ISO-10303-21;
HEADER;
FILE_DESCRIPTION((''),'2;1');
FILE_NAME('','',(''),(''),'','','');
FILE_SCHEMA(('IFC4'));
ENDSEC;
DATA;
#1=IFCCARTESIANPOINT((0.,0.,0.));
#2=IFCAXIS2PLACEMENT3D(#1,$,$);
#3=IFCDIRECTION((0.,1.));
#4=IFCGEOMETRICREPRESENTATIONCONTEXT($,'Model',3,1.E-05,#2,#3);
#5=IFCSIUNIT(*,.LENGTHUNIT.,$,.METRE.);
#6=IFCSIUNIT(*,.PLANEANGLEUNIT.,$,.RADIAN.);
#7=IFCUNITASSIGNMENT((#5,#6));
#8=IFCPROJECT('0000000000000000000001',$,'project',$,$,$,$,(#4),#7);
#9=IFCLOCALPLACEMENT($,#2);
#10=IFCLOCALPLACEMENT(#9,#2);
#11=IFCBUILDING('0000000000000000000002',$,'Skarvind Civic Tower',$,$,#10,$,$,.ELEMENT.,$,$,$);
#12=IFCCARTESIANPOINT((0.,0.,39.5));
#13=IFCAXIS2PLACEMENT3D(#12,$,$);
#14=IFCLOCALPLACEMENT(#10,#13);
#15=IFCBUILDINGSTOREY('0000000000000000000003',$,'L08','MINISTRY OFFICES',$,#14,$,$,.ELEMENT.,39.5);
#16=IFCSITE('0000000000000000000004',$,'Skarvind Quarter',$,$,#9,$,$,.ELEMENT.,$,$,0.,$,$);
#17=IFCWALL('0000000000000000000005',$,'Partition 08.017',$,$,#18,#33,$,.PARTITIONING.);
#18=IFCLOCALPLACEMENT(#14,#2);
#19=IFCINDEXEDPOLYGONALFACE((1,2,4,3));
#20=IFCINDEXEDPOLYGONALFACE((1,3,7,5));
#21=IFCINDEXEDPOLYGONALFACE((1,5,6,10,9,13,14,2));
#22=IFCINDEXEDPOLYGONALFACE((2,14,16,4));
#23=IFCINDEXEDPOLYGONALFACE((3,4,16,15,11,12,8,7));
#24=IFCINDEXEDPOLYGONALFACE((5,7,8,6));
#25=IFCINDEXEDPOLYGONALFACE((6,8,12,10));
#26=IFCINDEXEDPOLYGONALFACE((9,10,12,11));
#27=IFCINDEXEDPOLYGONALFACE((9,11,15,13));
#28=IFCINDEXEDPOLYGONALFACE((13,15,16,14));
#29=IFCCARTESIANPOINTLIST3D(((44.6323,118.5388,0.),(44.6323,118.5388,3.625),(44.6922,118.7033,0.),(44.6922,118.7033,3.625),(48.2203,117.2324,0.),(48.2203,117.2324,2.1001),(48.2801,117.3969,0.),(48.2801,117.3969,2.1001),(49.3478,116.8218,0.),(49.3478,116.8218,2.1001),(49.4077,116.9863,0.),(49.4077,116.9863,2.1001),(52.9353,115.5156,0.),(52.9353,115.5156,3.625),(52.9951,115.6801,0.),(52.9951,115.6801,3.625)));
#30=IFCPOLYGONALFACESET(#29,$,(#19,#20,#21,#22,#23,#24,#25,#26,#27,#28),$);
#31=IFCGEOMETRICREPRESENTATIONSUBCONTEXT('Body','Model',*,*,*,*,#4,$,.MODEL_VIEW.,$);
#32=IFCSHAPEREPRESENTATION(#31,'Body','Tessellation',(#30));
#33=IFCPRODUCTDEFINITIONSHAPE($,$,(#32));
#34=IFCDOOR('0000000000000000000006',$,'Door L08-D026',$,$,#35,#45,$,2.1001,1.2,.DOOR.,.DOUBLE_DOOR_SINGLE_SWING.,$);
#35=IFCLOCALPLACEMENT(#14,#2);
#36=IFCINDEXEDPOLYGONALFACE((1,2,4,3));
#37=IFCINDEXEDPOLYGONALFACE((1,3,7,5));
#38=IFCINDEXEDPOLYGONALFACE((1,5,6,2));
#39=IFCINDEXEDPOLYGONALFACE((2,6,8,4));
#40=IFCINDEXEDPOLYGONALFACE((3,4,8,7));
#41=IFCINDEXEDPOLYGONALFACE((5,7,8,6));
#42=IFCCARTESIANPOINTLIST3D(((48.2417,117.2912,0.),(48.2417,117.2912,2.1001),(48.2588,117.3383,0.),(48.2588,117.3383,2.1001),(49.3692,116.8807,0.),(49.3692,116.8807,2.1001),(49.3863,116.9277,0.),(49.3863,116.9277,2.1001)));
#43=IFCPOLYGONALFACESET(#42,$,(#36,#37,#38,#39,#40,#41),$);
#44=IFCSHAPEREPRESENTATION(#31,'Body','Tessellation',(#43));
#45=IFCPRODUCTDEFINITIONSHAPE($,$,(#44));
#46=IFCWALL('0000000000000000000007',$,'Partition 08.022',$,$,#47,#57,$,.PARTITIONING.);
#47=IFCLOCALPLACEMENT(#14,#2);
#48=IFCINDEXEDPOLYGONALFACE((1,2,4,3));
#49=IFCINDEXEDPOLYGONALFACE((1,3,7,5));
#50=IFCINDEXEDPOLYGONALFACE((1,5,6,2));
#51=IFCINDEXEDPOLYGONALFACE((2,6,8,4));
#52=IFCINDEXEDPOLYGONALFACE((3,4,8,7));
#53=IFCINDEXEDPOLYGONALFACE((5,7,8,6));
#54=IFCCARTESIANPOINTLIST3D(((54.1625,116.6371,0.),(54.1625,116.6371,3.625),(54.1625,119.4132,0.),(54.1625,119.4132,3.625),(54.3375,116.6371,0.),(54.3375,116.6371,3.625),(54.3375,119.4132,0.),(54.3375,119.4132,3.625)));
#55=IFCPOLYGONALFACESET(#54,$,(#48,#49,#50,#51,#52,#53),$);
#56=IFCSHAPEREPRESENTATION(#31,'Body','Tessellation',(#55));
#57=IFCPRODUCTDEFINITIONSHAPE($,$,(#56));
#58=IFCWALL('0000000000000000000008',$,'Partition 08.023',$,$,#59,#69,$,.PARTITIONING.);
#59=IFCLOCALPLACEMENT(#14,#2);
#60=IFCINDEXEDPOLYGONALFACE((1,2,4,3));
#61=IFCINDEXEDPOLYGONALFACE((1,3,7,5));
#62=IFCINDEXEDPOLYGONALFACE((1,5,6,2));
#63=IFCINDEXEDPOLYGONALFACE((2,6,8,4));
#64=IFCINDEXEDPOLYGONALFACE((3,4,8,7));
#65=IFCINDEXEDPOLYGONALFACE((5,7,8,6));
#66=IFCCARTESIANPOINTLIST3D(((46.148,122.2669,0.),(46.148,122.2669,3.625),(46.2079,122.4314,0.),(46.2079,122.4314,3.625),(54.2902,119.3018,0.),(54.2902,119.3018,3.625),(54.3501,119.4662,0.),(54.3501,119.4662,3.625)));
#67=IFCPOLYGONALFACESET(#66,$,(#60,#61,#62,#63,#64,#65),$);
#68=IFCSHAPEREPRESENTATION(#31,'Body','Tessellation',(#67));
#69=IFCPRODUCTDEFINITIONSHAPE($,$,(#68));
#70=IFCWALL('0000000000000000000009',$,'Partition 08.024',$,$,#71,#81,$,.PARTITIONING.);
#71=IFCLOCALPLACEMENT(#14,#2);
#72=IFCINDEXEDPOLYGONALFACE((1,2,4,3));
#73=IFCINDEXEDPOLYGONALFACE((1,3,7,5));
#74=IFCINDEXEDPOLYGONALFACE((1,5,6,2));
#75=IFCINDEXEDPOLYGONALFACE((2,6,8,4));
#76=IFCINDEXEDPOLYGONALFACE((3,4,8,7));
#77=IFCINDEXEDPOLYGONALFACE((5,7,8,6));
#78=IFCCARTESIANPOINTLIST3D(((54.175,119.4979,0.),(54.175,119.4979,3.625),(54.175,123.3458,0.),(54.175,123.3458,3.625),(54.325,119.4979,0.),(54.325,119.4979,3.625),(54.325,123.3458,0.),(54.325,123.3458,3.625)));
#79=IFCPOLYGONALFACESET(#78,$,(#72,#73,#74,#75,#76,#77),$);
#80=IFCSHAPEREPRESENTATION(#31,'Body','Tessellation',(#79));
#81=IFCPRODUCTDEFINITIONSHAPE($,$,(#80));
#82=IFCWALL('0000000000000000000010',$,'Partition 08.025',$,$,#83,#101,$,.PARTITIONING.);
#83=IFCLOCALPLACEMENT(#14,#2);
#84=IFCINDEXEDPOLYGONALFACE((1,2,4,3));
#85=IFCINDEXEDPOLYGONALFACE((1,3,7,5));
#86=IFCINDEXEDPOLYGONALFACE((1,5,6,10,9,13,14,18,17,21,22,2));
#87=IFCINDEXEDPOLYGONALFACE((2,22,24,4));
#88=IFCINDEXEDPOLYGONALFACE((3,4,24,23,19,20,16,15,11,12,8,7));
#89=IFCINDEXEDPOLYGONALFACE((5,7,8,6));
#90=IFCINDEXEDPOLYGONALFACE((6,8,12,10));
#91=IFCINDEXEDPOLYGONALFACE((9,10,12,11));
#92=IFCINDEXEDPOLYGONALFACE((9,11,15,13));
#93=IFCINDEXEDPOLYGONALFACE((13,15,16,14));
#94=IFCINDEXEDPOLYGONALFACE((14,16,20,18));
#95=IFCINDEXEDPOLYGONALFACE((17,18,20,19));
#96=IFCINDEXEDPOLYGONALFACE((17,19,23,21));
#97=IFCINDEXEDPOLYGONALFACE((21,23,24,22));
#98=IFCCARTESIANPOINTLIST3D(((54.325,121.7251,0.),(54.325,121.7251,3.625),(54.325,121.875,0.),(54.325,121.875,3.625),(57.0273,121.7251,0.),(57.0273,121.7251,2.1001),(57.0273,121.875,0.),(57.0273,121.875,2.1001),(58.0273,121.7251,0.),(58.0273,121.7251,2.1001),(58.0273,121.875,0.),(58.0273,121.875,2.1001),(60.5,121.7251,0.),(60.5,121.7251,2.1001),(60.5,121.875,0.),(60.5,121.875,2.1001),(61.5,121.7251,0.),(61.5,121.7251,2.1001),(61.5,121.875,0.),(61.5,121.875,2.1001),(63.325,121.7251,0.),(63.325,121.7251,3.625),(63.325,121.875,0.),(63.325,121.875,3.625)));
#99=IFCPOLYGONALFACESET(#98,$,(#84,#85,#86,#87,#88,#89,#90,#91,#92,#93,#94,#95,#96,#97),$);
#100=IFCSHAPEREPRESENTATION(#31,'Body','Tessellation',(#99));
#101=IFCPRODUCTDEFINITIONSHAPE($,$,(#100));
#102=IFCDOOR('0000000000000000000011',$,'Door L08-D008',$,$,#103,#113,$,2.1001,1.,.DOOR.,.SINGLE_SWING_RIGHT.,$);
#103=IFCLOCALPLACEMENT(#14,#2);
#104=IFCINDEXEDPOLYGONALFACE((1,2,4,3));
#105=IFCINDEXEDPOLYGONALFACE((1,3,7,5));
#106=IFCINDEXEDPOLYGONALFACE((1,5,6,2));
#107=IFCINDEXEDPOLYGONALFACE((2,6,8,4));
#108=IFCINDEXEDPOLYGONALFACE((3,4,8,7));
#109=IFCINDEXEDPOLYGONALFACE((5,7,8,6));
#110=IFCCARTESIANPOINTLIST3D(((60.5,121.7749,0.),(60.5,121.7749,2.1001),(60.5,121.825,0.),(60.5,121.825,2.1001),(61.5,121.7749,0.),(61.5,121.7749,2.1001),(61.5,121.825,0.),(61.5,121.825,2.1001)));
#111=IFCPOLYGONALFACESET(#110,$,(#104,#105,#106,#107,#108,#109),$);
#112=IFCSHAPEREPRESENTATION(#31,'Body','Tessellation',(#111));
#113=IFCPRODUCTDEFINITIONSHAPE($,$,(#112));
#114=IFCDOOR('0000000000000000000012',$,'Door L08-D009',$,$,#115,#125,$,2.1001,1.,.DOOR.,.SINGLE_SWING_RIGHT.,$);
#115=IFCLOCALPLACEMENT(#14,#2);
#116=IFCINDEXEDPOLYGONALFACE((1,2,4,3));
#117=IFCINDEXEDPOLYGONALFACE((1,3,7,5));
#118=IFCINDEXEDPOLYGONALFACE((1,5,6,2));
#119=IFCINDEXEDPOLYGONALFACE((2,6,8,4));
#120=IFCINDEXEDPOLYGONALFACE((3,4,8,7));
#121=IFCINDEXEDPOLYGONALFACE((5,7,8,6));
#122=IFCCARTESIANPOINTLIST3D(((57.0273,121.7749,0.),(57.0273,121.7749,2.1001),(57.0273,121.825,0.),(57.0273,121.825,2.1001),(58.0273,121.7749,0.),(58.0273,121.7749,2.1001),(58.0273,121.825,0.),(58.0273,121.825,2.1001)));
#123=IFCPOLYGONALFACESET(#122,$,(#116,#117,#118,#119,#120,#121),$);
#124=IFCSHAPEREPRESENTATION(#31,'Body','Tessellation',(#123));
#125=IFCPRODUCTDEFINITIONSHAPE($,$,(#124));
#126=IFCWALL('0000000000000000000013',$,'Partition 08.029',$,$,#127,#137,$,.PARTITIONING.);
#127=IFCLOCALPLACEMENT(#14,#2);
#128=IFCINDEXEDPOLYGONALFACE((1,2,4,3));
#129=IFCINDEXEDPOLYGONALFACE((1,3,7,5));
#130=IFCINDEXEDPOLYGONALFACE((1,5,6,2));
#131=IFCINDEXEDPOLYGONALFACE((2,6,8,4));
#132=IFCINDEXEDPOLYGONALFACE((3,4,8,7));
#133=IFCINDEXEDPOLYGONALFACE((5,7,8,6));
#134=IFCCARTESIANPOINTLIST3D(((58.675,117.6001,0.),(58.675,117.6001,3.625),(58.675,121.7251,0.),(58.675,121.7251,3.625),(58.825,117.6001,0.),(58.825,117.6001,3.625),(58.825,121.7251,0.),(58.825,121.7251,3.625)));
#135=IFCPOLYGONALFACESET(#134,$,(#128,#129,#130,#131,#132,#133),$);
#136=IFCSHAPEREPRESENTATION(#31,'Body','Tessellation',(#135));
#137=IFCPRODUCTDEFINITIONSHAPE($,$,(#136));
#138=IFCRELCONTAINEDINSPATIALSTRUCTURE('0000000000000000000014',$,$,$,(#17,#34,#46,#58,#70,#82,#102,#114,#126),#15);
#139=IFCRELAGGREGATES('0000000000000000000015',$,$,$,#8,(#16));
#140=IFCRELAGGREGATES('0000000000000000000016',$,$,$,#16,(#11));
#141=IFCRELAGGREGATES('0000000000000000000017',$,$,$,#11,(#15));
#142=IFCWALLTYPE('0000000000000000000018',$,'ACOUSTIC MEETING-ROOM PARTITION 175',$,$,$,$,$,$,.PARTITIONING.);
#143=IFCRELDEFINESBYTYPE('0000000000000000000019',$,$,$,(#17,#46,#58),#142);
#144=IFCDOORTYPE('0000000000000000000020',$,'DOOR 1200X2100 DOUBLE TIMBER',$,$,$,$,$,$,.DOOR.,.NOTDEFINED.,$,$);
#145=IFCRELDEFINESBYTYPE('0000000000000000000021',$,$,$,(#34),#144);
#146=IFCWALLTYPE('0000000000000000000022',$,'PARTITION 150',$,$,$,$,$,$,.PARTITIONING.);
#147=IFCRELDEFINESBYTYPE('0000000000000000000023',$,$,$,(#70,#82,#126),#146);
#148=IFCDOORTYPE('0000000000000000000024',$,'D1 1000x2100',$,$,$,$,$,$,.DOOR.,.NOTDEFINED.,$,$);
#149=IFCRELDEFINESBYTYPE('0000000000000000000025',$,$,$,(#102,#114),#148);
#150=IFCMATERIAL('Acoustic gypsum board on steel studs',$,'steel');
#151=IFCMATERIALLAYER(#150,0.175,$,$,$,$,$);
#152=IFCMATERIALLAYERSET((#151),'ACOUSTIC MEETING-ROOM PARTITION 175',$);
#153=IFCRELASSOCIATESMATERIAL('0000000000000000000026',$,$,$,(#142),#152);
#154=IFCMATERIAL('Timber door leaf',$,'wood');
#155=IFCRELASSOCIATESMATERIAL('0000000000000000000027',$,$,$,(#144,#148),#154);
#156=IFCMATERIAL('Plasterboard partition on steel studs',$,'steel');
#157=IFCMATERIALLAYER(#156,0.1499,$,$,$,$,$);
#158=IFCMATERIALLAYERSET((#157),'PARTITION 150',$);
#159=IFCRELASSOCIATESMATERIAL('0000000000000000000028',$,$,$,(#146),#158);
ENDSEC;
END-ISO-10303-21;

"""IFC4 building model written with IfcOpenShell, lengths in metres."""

from ifc_helpers import new_model, si_unit, direction, frame, frame_2d, origin, place, context, subcontext, project, spatial, rectangle, extrude, material, layer, layer_set, type_object, element, fill, save


model = new_model("IFC4")

# Units and contexts
model_context = context("Model", 3, precision=1e-05, world=origin(), true_north=direction((0.0, 1.0)))
body_context = subcontext(model_context, "Body", "Model", "MODEL_VIEW")
ifc_project = project(units=[si_unit("LENGTHUNIT", "METRE"), si_unit("PLANEANGLEUNIT", "RADIAN")], contexts=[model_context])

# Site, building, storey
site_placement = place(None, origin())
site = spatial("IfcSite", under=ifc_project, at=site_placement, Name="Skarvind Quarter", CompositionType="ELEMENT", RefElevation=0.0)
building_placement = place(site_placement, origin())
building = spatial("IfcBuilding", under=site, at=building_placement, Name="Skarvind Civic Tower", CompositionType="ELEMENT")
storey_placement = place(building_placement, frame((0.0, 0.0, 39.5)))
storey = spatial("IfcBuildingStorey", under=building, at=storey_placement, Name="L08", Description="MINISTRY OFFICES", CompositionType="ELEMENT", Elevation=39.5)

# Wall, opening, door
ifc_material_1 = material(Name="Acoustic gypsum board on steel studs", Category="steel")
ifc_layer_1 = layer(ifc_material_1, 0.175)
ifc_layer_set_1 = layer_set([ifc_layer_1], Name="ACOUSTIC MEETING-ROOM PARTITION 175")
wall_type_1 = type_object("IfcWallType", Name="ACOUSTIC MEETING-ROOM PARTITION 175", PredefinedType="PARTITIONING", material=ifc_layer_set_1)
wall_1_placement = place(storey_placement, frame((52.9651, 115.5979, 0.0), z_axis=(0.0, 0.0, 1.0), x_axis=(-0.939651, 0.342136, 0.0)))
wall_1 = element("IfcWall", 1, at=wall_1_placement, inside=storey, type_object=wall_type_1, Name="Partition 08.017", PredefinedType="PARTITIONING", context=body_context, shape_type="SweptSolid", body=[
    extrude(rectangle(XDim=8.8362, YDim=0.175, at=frame_2d((4.418, 0.0))), origin(), (0.0, 0.0, 1.0), 3.625),
])
opening_1_placement = place(wall_1_placement, frame((3.8176, 0.0, 0.0)))
opening_1 = element("IfcOpeningElement", 2, at=opening_1_placement, cuts=wall_1, PredefinedType="OPENING", context=body_context, shape_type="SweptSolid", body=[
    extrude(rectangle(XDim=1.2, YDim=2.1001, at=frame_2d((0.6001, 1.05))), frame((0.0, 0.0974, 0.0), z_axis=(0.0, -1.0, 0.0), x_axis=(1.0, 0.0, 0.0)), (0.0, 0.0, 1.0), 0.1951),
])
ifc_material_2 = material(Name="Timber door leaf", Category="wood")
door_type_1 = type_object("IfcDoorType", Name="DOOR 1200X2100 DOUBLE TIMBER", OperationType="NOTDEFINED", PredefinedType="DOOR", material=ifc_material_2)
door_1_placement = place(opening_1_placement, origin())
door_1 = element("IfcDoor", 3, at=door_1_placement, inside=storey, type_object=door_type_1, Name="Door L08-D026", OperationType="DOUBLE_DOOR_SINGLE_SWING", OverallHeight=2.1001, OverallWidth=1.2, PredefinedType="DOOR", context=body_context, shape_type="SweptSolid", body=[
    extrude(rectangle(XDim=1.2, YDim=2.1001, at=frame_2d((0.6001, 1.05))), frame((0.0, 0.0249, 0.0), z_axis=(0.0, -1.0, 0.0), x_axis=(1.0, 0.0, 0.0)), (0.0, 0.0, 1.0), 0.05),
])
fill(opening_1, door_1)

# Walls
wall_2_placement = place(storey_placement, frame((54.25, 116.637, 0.0), z_axis=(0.0, 0.0, 1.0), x_axis=(0.0, 1.0, 0.0)))
element("IfcWall", 4, at=wall_2_placement, inside=storey, type_object=wall_type_1, Name="Partition 08.022", PredefinedType="PARTITIONING", context=body_context, shape_type="SweptSolid", body=[
    extrude(rectangle(XDim=2.7761, YDim=0.175, at=frame_2d((1.3882, 0.0))), origin(), (0.0, 0.0, 1.0), 3.625),
])
wall_3_placement = place(storey_placement, frame((54.3201, 119.384, 0.0), z_axis=(0.0, 0.0, 1.0), x_axis=(-0.939633, 0.342184, 0.0)))
element("IfcWall", 5, at=wall_3_placement, inside=storey, type_object=wall_type_1, Name="Partition 08.023", PredefinedType="PARTITIONING", context=body_context, shape_type="SweptSolid", body=[
    extrude(rectangle(XDim=8.6653, YDim=0.175, at=frame_2d((4.3325, 0.0))), origin(), (0.0, 0.0, 1.0), 3.625),
])
ifc_material_3 = material(Name="Plasterboard partition on steel studs", Category="steel")
ifc_layer_2 = layer(ifc_material_3, 0.1499)
ifc_layer_set_2 = layer_set([ifc_layer_2], Name="PARTITION 150")
wall_type_2 = type_object("IfcWallType", Name="PARTITION 150", PredefinedType="PARTITIONING", material=ifc_layer_set_2)
wall_4_placement = place(storey_placement, frame((54.25, 119.498, 0.0), z_axis=(0.0, 0.0, 1.0), x_axis=(0.0, 1.0, 0.0)))
element("IfcWall", 6, at=wall_4_placement, inside=storey, type_object=wall_type_2, Name="Partition 08.024", PredefinedType="PARTITIONING", context=body_context, shape_type="SweptSolid", body=[
    extrude(rectangle(XDim=3.8479, YDim=0.1499, at=frame_2d((1.9238, 0.0))), origin(), (0.0, 0.0, 1.0), 3.625),
])

# Wall, openings, doors
wall_5_placement = place(storey_placement, frame((54.325, 121.8, 0.0), z_axis=(0.0, 0.0, 1.0), x_axis=(1.0, 0.0, 0.0)))
wall_5 = element("IfcWall", 7, at=wall_5_placement, inside=storey, type_object=wall_type_2, Name="Partition 08.025", PredefinedType="PARTITIONING", context=body_context, shape_type="SweptSolid", body=[
    extrude(rectangle(XDim=9.0, YDim=0.1499, at=frame_2d((4.5, 0.0))), origin(), (0.0, 0.0, 1.0), 3.625),
])
opening_2_placement = place(wall_5_placement, frame((6.175, 0.0, 0.0)))
opening_2 = element("IfcOpeningElement", 8, at=opening_2_placement, cuts=wall_5, PredefinedType="OPENING", context=body_context, shape_type="SweptSolid", body=[
    extrude(rectangle(XDim=1.0, YDim=2.1001, at=frame_2d((0.5, 1.05))), frame((0.0, 0.085, 0.0), z_axis=(0.0, -1.0, 0.0), x_axis=(1.0, 0.0, 0.0)), (0.0, 0.0, 1.0), 0.1699),
])
opening_3_placement = place(wall_5_placement, frame((2.7024, 0.0, 0.0)))
opening_3 = element("IfcOpeningElement", 9, at=opening_3_placement, cuts=wall_5, PredefinedType="OPENING", context=body_context, shape_type="SweptSolid", body=[
    extrude(rectangle(XDim=1.0, YDim=2.1001, at=frame_2d((0.5, 1.05))), frame((0.0, 0.085, 0.0), z_axis=(0.0, -1.0, 0.0), x_axis=(1.0, 0.0, 0.0)), (0.0, 0.0, 1.0), 0.1699),
])
door_type_2 = type_object("IfcDoorType", Name="D1 1000x2100", OperationType="NOTDEFINED", PredefinedType="DOOR", material=ifc_material_2)
door_2_placement = place(opening_2_placement, origin())
door_2 = element("IfcDoor", 10, at=door_2_placement, inside=storey, type_object=door_type_2, Name="Door L08-D008", OperationType="SINGLE_SWING_RIGHT", OverallHeight=2.1001, OverallWidth=1.0, PredefinedType="DOOR", context=body_context, shape_type="SweptSolid", body=[
    extrude(rectangle(XDim=1.0, YDim=2.1001, at=frame_2d((0.5, 1.05))), frame((0.0, 0.0249, 0.0), z_axis=(0.0, -1.0, 0.0), x_axis=(1.0, 0.0, 0.0)), (0.0, 0.0, 1.0), 0.05),
])
fill(opening_2, door_2)
door_3_placement = place(opening_3_placement, origin())
door_3 = element("IfcDoor", 11, at=door_3_placement, inside=storey, type_object=door_type_2, Name="Door L08-D009", OperationType="SINGLE_SWING_RIGHT", OverallHeight=2.1001, OverallWidth=1.0, PredefinedType="DOOR", context=body_context, shape_type="SweptSolid", body=[
    extrude(rectangle(XDim=1.0, YDim=2.1001, at=frame_2d((0.5, 1.05))), frame((0.0, 0.0249, 0.0), z_axis=(0.0, -1.0, 0.0), x_axis=(1.0, 0.0, 0.0)), (0.0, 0.0, 1.0), 0.05),
])
fill(opening_3, door_3)

# Wall
wall_6_placement = place(storey_placement, frame((58.75, 117.6001, 0.0), z_axis=(0.0, 0.0, 1.0), x_axis=(0.0, 1.0, 0.0)))
element("IfcWall", 12, at=wall_6_placement, inside=storey, type_object=wall_type_2, Name="Partition 08.029", PredefinedType="PARTITIONING", context=body_context, shape_type="SweptSolid", body=[
    extrude(rectangle(XDim=4.125, YDim=0.1499, at=frame_2d((2.0625, 0.0))), origin(), (0.0, 0.0, 1.0), 3.625),
])

save(model, "model.ifc")
